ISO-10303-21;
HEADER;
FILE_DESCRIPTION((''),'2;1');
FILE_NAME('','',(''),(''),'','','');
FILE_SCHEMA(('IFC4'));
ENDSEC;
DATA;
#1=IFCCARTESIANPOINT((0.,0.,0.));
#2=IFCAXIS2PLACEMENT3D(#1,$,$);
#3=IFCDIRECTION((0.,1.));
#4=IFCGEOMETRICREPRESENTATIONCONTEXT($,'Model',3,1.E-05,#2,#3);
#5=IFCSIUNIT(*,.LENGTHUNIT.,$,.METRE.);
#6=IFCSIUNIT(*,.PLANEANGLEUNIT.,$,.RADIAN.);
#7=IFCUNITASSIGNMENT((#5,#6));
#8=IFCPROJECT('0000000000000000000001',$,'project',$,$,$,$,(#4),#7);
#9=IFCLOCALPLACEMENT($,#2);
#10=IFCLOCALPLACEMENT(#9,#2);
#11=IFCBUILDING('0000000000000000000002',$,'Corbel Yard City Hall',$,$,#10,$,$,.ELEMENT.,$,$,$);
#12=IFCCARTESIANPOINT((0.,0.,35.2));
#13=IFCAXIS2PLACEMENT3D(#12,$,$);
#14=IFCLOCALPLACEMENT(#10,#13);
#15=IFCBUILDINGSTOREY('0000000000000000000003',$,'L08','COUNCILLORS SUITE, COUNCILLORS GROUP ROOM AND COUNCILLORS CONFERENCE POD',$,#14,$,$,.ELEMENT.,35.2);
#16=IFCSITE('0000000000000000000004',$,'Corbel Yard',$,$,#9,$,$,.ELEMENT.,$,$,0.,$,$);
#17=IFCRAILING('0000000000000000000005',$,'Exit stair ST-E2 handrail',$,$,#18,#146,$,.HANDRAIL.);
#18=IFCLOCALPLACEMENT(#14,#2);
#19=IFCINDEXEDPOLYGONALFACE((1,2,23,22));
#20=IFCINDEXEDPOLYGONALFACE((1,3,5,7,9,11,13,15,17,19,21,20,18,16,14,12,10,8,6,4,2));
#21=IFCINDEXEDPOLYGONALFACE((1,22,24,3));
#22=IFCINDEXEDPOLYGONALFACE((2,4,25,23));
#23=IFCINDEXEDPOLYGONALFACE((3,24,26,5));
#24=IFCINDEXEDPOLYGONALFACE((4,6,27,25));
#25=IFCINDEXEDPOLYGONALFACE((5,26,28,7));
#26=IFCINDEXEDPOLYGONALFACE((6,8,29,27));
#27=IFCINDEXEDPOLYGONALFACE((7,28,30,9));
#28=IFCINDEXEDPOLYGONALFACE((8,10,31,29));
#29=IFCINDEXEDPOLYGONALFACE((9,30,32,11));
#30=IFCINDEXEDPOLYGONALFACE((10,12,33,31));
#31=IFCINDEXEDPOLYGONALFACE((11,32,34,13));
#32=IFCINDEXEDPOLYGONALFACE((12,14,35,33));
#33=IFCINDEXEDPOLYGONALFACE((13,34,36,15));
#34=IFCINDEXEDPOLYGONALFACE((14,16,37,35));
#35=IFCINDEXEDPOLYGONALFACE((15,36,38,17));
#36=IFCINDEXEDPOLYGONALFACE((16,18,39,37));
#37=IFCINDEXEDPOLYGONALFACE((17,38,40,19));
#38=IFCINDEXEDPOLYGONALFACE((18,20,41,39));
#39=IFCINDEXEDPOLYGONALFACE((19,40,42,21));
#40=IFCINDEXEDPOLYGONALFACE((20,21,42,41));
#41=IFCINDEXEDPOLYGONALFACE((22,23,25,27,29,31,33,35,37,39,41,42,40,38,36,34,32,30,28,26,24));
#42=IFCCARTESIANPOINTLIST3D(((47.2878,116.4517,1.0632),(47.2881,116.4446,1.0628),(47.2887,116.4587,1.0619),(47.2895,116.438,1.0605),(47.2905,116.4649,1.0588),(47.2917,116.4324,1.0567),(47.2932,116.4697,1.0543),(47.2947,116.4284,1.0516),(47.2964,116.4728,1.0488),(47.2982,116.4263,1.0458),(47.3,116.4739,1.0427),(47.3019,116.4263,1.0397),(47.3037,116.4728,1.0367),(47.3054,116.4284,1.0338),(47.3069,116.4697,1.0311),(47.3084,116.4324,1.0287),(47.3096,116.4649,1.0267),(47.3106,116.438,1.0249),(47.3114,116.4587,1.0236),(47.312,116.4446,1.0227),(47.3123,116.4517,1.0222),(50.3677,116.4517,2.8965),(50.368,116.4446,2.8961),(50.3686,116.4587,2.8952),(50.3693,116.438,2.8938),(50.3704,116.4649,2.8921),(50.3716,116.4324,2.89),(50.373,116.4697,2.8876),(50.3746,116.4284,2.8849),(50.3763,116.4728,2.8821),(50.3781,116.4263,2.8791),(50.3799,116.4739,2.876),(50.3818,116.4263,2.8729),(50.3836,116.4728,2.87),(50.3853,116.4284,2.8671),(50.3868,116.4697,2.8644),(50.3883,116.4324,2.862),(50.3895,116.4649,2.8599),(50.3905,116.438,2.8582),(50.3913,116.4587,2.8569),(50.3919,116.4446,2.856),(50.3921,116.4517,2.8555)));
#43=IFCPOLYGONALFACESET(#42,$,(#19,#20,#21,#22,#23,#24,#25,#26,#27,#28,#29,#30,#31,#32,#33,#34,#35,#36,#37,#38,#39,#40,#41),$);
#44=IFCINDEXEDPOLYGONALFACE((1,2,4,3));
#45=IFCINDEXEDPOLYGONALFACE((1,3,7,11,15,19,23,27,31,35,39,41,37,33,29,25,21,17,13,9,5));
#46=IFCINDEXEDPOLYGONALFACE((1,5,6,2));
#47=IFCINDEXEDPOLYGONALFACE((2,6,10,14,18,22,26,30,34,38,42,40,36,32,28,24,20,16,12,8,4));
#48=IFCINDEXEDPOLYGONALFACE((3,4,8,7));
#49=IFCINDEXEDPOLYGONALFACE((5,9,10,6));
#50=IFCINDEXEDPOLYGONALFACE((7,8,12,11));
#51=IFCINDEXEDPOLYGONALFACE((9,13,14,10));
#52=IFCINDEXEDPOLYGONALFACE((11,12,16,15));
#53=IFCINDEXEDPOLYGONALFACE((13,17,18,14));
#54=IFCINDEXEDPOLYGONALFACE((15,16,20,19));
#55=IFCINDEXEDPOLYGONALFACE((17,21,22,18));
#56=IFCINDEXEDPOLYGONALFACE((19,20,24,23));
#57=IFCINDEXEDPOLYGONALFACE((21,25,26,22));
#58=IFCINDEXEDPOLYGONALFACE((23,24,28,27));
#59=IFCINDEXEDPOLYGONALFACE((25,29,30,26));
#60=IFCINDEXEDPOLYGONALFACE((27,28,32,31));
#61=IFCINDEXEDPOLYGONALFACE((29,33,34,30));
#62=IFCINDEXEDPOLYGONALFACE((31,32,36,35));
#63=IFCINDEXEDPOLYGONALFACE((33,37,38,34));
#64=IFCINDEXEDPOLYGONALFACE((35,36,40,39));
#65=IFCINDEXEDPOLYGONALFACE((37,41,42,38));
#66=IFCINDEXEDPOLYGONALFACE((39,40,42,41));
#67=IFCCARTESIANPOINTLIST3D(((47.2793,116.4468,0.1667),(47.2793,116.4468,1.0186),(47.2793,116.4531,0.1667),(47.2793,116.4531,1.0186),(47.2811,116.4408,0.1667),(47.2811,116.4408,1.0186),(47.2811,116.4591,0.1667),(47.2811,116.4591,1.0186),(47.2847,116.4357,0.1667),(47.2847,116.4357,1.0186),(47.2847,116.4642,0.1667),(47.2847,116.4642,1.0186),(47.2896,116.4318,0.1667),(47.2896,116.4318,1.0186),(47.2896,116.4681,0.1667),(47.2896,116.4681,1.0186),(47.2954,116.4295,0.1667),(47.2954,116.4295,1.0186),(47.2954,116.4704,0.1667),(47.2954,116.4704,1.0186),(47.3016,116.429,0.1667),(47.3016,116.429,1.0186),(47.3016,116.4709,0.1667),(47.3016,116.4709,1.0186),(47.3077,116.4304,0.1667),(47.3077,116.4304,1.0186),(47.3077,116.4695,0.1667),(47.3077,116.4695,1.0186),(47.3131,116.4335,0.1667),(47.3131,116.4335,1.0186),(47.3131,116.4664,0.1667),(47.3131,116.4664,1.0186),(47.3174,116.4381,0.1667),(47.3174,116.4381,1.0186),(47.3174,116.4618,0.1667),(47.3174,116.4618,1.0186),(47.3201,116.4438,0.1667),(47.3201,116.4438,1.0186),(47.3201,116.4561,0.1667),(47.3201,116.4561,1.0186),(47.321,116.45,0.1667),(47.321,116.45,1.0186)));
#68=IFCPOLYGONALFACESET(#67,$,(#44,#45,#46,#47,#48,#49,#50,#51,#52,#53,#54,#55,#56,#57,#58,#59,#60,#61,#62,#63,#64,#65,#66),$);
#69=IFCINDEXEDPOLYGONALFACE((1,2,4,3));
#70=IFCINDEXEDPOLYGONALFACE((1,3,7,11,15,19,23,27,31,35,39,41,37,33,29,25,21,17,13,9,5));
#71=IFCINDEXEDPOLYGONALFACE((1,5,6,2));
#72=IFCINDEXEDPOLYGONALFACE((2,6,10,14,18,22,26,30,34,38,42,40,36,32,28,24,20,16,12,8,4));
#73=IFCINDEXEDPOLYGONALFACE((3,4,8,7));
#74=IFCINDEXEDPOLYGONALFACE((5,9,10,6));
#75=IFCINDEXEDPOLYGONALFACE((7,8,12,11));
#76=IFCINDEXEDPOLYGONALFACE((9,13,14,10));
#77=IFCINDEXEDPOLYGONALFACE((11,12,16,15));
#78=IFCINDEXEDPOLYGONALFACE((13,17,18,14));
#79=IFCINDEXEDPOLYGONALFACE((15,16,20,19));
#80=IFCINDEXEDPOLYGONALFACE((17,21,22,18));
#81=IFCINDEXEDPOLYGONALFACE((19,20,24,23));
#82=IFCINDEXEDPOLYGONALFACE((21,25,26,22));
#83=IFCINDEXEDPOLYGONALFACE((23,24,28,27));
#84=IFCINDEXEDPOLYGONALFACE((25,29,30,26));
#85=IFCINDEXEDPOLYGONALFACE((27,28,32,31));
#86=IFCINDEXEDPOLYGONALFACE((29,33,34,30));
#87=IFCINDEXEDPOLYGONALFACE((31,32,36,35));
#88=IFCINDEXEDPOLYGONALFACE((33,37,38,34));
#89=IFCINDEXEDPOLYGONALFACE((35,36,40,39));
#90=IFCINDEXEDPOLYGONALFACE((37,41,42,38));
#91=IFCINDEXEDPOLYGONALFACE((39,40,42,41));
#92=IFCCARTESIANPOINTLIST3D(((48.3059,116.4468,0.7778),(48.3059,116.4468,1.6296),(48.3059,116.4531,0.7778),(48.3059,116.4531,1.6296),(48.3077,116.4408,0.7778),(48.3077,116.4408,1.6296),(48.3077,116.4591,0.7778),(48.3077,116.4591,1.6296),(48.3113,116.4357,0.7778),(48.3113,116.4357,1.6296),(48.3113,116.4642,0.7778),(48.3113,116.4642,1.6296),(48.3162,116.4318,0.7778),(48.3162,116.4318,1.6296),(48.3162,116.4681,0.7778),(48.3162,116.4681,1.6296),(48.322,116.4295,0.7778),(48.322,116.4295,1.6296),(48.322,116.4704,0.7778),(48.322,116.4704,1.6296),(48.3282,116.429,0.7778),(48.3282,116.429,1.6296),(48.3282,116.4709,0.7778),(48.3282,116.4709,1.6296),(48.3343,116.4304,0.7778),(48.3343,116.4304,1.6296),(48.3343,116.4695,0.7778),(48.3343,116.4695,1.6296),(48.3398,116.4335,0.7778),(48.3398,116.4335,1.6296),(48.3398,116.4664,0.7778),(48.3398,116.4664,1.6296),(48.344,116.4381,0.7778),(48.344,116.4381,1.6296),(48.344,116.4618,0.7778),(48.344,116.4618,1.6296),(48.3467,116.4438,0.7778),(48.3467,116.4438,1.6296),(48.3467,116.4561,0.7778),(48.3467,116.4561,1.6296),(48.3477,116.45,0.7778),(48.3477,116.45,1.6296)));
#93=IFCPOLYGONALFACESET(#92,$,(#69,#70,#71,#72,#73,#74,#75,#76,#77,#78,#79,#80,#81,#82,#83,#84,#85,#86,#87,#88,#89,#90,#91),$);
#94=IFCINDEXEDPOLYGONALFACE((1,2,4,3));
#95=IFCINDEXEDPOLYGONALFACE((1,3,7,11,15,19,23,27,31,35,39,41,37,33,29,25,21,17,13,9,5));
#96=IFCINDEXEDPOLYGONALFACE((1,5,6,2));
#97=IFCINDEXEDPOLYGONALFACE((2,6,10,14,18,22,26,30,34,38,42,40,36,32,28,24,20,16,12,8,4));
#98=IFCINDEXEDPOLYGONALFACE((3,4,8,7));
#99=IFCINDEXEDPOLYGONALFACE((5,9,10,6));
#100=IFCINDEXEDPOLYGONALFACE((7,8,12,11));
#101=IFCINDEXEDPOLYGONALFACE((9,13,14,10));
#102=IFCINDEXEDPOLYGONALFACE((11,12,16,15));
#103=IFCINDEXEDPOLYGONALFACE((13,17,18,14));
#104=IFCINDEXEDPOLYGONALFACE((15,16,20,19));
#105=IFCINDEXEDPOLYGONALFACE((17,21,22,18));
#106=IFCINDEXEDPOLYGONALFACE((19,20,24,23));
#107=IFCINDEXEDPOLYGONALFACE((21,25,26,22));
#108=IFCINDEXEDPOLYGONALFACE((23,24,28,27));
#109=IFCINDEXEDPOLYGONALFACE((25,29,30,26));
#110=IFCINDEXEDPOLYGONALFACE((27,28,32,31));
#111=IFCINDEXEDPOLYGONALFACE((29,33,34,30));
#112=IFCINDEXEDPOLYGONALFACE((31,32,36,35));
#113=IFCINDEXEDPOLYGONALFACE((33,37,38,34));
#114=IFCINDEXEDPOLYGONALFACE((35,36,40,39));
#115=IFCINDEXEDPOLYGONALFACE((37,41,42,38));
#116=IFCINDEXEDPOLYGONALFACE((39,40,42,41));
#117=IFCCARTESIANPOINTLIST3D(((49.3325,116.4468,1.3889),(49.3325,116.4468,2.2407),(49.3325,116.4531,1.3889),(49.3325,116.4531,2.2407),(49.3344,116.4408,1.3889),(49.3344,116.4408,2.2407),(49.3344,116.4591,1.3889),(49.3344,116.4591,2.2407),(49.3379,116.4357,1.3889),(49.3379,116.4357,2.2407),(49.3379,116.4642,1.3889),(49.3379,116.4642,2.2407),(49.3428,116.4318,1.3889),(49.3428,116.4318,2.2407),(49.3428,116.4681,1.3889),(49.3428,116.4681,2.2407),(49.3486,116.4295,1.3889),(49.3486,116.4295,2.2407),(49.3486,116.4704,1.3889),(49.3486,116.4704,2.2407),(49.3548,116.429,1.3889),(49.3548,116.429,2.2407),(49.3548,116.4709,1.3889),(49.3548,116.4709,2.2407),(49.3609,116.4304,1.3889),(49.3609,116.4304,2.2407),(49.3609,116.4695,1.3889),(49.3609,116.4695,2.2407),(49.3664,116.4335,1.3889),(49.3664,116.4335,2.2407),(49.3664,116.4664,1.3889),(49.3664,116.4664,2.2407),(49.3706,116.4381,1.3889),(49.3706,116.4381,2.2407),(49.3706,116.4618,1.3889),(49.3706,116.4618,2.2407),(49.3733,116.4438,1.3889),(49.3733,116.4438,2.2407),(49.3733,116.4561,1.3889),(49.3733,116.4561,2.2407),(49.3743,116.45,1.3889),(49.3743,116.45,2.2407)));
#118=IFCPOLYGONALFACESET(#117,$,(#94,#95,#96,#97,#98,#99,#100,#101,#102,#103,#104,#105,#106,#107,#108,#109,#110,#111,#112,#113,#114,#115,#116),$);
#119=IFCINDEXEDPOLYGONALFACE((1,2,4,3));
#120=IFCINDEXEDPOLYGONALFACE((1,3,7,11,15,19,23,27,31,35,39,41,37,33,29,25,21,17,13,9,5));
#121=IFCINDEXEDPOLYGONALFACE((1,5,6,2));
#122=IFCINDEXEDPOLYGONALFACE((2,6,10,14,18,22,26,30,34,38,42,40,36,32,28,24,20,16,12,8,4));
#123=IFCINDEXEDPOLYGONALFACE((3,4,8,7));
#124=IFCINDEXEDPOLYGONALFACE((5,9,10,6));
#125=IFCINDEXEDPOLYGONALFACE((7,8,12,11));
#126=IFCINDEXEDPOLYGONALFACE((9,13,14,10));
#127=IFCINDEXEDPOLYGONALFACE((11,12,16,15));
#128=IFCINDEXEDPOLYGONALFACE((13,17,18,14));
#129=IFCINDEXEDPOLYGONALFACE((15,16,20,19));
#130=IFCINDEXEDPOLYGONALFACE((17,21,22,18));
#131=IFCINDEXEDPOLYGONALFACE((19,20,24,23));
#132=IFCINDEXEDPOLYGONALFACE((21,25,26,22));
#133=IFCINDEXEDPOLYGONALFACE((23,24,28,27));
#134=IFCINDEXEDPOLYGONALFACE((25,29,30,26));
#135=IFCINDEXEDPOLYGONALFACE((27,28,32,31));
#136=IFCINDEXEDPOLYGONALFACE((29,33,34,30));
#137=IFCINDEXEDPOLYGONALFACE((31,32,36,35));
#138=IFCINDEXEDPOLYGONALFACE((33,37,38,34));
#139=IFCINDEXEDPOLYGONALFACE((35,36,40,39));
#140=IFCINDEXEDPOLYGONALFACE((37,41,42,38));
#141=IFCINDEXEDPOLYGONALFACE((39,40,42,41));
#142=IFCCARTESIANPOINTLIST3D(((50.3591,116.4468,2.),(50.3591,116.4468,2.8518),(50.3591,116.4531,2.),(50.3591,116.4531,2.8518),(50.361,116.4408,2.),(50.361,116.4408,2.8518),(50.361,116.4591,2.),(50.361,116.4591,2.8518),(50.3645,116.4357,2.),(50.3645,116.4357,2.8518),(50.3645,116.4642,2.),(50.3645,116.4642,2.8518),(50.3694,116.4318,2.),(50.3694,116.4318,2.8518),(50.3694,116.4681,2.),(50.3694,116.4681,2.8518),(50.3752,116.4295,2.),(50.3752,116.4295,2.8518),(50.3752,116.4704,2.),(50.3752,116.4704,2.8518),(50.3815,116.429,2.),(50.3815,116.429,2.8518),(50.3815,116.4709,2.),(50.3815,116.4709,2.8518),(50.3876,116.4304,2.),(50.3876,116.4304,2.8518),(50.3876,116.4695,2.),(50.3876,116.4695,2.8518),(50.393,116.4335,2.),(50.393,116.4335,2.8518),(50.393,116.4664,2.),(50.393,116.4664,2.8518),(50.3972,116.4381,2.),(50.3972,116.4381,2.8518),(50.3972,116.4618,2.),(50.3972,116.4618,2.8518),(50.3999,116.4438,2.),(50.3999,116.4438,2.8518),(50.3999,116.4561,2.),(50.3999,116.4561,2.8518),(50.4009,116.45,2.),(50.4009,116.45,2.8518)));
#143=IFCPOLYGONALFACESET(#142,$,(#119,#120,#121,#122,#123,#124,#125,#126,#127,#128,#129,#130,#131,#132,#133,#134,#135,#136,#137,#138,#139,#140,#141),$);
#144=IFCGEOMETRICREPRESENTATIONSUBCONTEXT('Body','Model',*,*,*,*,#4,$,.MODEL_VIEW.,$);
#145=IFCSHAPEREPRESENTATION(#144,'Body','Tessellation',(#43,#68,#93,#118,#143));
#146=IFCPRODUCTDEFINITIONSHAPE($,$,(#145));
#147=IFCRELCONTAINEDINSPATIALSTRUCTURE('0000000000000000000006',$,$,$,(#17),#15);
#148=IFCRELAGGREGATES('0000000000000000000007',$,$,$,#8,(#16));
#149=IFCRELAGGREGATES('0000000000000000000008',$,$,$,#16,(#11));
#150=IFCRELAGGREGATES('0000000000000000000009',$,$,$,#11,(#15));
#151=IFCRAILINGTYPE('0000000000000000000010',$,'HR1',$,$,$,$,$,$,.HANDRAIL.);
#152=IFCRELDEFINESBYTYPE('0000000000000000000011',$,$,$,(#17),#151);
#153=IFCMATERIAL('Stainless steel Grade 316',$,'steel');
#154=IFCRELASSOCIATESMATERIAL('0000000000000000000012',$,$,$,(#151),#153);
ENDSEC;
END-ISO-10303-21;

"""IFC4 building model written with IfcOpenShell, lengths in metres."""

from ifc_helpers import new_model, si_unit, direction, frame, origin, origin_2d, place, context, subcontext, project, spatial, circle, extrude, material, type_object, element, save


model = new_model("IFC4")

# Units and contexts
model_context = context("Model", 3, precision=1e-05, world=origin(), true_north=direction((0.0, 1.0)))
body_context = subcontext(model_context, "Body", "Model", "MODEL_VIEW")
ifc_project = project(units=[si_unit("LENGTHUNIT", "METRE"), si_unit("PLANEANGLEUNIT", "RADIAN")], contexts=[model_context])

# Site, building, storey
site_placement = place(None, origin())
site = spatial("IfcSite", under=ifc_project, at=site_placement, Name="Corbel Yard", CompositionType="ELEMENT", RefElevation=0.0)
building_placement = place(site_placement, origin())
building = spatial("IfcBuilding", under=site, at=building_placement, Name="Corbel Yard City Hall", CompositionType="ELEMENT")
storey_placement = place(building_placement, frame((0.0, 0.0, 35.2)))
storey = spatial("IfcBuildingStorey", under=building, at=storey_placement, Name="L08", Description="COUNCILLORS SUITE, COUNCILLORS GROUP ROOM AND COUNCILLORS CONFERENCE POD", CompositionType="ELEMENT", Elevation=35.2)

# Shared definitions
ifc_material_1 = material(Name="Stainless steel Grade 316", Category="steel")

# Railing
railing_type = type_object("IfcRailingType", Name="HR1", PredefinedType="HANDRAIL", material=ifc_material_1)
for number, where, name in (
    (1, (47.3, 116.45, 0.1667), "Exit stair ST-E2 handrail"),
):
    element("IfcRailing", number, at=place(storey_placement, frame(where)), inside=storey, type_object=railing_type, Name=name, PredefinedType="HANDRAIL", context=body_context, shape_type="SweptSolid", body=[
        extrude(circle(Radius=0.0239, at=origin_2d()), frame((0.0, 0.0, 0.876), z_axis=(0.859291, 0.0, 0.511487), x_axis=(0.0, 1.0, 0.0)), (0.0, 0.0, 1.0), 3.5842),
        extrude(circle(Radius=0.021, at=origin_2d()), origin(), (0.0, 0.0, 1.0), 0.8518),
        extrude(circle(Radius=0.021, at=origin_2d()), frame((1.0266, 0.0, 0.6111)), (0.0, 0.0, 1.0), 0.8518),
        extrude(circle(Radius=0.021, at=origin_2d()), frame((2.0532, 0.0, 1.2222)), (0.0, 0.0, 1.0), 0.8518),
        extrude(circle(Radius=0.021, at=origin_2d()), frame((3.0798, 0.0, 1.8333)), (0.0, 0.0, 1.0), 0.8518),
    ])

save(model, "model.ifc")
